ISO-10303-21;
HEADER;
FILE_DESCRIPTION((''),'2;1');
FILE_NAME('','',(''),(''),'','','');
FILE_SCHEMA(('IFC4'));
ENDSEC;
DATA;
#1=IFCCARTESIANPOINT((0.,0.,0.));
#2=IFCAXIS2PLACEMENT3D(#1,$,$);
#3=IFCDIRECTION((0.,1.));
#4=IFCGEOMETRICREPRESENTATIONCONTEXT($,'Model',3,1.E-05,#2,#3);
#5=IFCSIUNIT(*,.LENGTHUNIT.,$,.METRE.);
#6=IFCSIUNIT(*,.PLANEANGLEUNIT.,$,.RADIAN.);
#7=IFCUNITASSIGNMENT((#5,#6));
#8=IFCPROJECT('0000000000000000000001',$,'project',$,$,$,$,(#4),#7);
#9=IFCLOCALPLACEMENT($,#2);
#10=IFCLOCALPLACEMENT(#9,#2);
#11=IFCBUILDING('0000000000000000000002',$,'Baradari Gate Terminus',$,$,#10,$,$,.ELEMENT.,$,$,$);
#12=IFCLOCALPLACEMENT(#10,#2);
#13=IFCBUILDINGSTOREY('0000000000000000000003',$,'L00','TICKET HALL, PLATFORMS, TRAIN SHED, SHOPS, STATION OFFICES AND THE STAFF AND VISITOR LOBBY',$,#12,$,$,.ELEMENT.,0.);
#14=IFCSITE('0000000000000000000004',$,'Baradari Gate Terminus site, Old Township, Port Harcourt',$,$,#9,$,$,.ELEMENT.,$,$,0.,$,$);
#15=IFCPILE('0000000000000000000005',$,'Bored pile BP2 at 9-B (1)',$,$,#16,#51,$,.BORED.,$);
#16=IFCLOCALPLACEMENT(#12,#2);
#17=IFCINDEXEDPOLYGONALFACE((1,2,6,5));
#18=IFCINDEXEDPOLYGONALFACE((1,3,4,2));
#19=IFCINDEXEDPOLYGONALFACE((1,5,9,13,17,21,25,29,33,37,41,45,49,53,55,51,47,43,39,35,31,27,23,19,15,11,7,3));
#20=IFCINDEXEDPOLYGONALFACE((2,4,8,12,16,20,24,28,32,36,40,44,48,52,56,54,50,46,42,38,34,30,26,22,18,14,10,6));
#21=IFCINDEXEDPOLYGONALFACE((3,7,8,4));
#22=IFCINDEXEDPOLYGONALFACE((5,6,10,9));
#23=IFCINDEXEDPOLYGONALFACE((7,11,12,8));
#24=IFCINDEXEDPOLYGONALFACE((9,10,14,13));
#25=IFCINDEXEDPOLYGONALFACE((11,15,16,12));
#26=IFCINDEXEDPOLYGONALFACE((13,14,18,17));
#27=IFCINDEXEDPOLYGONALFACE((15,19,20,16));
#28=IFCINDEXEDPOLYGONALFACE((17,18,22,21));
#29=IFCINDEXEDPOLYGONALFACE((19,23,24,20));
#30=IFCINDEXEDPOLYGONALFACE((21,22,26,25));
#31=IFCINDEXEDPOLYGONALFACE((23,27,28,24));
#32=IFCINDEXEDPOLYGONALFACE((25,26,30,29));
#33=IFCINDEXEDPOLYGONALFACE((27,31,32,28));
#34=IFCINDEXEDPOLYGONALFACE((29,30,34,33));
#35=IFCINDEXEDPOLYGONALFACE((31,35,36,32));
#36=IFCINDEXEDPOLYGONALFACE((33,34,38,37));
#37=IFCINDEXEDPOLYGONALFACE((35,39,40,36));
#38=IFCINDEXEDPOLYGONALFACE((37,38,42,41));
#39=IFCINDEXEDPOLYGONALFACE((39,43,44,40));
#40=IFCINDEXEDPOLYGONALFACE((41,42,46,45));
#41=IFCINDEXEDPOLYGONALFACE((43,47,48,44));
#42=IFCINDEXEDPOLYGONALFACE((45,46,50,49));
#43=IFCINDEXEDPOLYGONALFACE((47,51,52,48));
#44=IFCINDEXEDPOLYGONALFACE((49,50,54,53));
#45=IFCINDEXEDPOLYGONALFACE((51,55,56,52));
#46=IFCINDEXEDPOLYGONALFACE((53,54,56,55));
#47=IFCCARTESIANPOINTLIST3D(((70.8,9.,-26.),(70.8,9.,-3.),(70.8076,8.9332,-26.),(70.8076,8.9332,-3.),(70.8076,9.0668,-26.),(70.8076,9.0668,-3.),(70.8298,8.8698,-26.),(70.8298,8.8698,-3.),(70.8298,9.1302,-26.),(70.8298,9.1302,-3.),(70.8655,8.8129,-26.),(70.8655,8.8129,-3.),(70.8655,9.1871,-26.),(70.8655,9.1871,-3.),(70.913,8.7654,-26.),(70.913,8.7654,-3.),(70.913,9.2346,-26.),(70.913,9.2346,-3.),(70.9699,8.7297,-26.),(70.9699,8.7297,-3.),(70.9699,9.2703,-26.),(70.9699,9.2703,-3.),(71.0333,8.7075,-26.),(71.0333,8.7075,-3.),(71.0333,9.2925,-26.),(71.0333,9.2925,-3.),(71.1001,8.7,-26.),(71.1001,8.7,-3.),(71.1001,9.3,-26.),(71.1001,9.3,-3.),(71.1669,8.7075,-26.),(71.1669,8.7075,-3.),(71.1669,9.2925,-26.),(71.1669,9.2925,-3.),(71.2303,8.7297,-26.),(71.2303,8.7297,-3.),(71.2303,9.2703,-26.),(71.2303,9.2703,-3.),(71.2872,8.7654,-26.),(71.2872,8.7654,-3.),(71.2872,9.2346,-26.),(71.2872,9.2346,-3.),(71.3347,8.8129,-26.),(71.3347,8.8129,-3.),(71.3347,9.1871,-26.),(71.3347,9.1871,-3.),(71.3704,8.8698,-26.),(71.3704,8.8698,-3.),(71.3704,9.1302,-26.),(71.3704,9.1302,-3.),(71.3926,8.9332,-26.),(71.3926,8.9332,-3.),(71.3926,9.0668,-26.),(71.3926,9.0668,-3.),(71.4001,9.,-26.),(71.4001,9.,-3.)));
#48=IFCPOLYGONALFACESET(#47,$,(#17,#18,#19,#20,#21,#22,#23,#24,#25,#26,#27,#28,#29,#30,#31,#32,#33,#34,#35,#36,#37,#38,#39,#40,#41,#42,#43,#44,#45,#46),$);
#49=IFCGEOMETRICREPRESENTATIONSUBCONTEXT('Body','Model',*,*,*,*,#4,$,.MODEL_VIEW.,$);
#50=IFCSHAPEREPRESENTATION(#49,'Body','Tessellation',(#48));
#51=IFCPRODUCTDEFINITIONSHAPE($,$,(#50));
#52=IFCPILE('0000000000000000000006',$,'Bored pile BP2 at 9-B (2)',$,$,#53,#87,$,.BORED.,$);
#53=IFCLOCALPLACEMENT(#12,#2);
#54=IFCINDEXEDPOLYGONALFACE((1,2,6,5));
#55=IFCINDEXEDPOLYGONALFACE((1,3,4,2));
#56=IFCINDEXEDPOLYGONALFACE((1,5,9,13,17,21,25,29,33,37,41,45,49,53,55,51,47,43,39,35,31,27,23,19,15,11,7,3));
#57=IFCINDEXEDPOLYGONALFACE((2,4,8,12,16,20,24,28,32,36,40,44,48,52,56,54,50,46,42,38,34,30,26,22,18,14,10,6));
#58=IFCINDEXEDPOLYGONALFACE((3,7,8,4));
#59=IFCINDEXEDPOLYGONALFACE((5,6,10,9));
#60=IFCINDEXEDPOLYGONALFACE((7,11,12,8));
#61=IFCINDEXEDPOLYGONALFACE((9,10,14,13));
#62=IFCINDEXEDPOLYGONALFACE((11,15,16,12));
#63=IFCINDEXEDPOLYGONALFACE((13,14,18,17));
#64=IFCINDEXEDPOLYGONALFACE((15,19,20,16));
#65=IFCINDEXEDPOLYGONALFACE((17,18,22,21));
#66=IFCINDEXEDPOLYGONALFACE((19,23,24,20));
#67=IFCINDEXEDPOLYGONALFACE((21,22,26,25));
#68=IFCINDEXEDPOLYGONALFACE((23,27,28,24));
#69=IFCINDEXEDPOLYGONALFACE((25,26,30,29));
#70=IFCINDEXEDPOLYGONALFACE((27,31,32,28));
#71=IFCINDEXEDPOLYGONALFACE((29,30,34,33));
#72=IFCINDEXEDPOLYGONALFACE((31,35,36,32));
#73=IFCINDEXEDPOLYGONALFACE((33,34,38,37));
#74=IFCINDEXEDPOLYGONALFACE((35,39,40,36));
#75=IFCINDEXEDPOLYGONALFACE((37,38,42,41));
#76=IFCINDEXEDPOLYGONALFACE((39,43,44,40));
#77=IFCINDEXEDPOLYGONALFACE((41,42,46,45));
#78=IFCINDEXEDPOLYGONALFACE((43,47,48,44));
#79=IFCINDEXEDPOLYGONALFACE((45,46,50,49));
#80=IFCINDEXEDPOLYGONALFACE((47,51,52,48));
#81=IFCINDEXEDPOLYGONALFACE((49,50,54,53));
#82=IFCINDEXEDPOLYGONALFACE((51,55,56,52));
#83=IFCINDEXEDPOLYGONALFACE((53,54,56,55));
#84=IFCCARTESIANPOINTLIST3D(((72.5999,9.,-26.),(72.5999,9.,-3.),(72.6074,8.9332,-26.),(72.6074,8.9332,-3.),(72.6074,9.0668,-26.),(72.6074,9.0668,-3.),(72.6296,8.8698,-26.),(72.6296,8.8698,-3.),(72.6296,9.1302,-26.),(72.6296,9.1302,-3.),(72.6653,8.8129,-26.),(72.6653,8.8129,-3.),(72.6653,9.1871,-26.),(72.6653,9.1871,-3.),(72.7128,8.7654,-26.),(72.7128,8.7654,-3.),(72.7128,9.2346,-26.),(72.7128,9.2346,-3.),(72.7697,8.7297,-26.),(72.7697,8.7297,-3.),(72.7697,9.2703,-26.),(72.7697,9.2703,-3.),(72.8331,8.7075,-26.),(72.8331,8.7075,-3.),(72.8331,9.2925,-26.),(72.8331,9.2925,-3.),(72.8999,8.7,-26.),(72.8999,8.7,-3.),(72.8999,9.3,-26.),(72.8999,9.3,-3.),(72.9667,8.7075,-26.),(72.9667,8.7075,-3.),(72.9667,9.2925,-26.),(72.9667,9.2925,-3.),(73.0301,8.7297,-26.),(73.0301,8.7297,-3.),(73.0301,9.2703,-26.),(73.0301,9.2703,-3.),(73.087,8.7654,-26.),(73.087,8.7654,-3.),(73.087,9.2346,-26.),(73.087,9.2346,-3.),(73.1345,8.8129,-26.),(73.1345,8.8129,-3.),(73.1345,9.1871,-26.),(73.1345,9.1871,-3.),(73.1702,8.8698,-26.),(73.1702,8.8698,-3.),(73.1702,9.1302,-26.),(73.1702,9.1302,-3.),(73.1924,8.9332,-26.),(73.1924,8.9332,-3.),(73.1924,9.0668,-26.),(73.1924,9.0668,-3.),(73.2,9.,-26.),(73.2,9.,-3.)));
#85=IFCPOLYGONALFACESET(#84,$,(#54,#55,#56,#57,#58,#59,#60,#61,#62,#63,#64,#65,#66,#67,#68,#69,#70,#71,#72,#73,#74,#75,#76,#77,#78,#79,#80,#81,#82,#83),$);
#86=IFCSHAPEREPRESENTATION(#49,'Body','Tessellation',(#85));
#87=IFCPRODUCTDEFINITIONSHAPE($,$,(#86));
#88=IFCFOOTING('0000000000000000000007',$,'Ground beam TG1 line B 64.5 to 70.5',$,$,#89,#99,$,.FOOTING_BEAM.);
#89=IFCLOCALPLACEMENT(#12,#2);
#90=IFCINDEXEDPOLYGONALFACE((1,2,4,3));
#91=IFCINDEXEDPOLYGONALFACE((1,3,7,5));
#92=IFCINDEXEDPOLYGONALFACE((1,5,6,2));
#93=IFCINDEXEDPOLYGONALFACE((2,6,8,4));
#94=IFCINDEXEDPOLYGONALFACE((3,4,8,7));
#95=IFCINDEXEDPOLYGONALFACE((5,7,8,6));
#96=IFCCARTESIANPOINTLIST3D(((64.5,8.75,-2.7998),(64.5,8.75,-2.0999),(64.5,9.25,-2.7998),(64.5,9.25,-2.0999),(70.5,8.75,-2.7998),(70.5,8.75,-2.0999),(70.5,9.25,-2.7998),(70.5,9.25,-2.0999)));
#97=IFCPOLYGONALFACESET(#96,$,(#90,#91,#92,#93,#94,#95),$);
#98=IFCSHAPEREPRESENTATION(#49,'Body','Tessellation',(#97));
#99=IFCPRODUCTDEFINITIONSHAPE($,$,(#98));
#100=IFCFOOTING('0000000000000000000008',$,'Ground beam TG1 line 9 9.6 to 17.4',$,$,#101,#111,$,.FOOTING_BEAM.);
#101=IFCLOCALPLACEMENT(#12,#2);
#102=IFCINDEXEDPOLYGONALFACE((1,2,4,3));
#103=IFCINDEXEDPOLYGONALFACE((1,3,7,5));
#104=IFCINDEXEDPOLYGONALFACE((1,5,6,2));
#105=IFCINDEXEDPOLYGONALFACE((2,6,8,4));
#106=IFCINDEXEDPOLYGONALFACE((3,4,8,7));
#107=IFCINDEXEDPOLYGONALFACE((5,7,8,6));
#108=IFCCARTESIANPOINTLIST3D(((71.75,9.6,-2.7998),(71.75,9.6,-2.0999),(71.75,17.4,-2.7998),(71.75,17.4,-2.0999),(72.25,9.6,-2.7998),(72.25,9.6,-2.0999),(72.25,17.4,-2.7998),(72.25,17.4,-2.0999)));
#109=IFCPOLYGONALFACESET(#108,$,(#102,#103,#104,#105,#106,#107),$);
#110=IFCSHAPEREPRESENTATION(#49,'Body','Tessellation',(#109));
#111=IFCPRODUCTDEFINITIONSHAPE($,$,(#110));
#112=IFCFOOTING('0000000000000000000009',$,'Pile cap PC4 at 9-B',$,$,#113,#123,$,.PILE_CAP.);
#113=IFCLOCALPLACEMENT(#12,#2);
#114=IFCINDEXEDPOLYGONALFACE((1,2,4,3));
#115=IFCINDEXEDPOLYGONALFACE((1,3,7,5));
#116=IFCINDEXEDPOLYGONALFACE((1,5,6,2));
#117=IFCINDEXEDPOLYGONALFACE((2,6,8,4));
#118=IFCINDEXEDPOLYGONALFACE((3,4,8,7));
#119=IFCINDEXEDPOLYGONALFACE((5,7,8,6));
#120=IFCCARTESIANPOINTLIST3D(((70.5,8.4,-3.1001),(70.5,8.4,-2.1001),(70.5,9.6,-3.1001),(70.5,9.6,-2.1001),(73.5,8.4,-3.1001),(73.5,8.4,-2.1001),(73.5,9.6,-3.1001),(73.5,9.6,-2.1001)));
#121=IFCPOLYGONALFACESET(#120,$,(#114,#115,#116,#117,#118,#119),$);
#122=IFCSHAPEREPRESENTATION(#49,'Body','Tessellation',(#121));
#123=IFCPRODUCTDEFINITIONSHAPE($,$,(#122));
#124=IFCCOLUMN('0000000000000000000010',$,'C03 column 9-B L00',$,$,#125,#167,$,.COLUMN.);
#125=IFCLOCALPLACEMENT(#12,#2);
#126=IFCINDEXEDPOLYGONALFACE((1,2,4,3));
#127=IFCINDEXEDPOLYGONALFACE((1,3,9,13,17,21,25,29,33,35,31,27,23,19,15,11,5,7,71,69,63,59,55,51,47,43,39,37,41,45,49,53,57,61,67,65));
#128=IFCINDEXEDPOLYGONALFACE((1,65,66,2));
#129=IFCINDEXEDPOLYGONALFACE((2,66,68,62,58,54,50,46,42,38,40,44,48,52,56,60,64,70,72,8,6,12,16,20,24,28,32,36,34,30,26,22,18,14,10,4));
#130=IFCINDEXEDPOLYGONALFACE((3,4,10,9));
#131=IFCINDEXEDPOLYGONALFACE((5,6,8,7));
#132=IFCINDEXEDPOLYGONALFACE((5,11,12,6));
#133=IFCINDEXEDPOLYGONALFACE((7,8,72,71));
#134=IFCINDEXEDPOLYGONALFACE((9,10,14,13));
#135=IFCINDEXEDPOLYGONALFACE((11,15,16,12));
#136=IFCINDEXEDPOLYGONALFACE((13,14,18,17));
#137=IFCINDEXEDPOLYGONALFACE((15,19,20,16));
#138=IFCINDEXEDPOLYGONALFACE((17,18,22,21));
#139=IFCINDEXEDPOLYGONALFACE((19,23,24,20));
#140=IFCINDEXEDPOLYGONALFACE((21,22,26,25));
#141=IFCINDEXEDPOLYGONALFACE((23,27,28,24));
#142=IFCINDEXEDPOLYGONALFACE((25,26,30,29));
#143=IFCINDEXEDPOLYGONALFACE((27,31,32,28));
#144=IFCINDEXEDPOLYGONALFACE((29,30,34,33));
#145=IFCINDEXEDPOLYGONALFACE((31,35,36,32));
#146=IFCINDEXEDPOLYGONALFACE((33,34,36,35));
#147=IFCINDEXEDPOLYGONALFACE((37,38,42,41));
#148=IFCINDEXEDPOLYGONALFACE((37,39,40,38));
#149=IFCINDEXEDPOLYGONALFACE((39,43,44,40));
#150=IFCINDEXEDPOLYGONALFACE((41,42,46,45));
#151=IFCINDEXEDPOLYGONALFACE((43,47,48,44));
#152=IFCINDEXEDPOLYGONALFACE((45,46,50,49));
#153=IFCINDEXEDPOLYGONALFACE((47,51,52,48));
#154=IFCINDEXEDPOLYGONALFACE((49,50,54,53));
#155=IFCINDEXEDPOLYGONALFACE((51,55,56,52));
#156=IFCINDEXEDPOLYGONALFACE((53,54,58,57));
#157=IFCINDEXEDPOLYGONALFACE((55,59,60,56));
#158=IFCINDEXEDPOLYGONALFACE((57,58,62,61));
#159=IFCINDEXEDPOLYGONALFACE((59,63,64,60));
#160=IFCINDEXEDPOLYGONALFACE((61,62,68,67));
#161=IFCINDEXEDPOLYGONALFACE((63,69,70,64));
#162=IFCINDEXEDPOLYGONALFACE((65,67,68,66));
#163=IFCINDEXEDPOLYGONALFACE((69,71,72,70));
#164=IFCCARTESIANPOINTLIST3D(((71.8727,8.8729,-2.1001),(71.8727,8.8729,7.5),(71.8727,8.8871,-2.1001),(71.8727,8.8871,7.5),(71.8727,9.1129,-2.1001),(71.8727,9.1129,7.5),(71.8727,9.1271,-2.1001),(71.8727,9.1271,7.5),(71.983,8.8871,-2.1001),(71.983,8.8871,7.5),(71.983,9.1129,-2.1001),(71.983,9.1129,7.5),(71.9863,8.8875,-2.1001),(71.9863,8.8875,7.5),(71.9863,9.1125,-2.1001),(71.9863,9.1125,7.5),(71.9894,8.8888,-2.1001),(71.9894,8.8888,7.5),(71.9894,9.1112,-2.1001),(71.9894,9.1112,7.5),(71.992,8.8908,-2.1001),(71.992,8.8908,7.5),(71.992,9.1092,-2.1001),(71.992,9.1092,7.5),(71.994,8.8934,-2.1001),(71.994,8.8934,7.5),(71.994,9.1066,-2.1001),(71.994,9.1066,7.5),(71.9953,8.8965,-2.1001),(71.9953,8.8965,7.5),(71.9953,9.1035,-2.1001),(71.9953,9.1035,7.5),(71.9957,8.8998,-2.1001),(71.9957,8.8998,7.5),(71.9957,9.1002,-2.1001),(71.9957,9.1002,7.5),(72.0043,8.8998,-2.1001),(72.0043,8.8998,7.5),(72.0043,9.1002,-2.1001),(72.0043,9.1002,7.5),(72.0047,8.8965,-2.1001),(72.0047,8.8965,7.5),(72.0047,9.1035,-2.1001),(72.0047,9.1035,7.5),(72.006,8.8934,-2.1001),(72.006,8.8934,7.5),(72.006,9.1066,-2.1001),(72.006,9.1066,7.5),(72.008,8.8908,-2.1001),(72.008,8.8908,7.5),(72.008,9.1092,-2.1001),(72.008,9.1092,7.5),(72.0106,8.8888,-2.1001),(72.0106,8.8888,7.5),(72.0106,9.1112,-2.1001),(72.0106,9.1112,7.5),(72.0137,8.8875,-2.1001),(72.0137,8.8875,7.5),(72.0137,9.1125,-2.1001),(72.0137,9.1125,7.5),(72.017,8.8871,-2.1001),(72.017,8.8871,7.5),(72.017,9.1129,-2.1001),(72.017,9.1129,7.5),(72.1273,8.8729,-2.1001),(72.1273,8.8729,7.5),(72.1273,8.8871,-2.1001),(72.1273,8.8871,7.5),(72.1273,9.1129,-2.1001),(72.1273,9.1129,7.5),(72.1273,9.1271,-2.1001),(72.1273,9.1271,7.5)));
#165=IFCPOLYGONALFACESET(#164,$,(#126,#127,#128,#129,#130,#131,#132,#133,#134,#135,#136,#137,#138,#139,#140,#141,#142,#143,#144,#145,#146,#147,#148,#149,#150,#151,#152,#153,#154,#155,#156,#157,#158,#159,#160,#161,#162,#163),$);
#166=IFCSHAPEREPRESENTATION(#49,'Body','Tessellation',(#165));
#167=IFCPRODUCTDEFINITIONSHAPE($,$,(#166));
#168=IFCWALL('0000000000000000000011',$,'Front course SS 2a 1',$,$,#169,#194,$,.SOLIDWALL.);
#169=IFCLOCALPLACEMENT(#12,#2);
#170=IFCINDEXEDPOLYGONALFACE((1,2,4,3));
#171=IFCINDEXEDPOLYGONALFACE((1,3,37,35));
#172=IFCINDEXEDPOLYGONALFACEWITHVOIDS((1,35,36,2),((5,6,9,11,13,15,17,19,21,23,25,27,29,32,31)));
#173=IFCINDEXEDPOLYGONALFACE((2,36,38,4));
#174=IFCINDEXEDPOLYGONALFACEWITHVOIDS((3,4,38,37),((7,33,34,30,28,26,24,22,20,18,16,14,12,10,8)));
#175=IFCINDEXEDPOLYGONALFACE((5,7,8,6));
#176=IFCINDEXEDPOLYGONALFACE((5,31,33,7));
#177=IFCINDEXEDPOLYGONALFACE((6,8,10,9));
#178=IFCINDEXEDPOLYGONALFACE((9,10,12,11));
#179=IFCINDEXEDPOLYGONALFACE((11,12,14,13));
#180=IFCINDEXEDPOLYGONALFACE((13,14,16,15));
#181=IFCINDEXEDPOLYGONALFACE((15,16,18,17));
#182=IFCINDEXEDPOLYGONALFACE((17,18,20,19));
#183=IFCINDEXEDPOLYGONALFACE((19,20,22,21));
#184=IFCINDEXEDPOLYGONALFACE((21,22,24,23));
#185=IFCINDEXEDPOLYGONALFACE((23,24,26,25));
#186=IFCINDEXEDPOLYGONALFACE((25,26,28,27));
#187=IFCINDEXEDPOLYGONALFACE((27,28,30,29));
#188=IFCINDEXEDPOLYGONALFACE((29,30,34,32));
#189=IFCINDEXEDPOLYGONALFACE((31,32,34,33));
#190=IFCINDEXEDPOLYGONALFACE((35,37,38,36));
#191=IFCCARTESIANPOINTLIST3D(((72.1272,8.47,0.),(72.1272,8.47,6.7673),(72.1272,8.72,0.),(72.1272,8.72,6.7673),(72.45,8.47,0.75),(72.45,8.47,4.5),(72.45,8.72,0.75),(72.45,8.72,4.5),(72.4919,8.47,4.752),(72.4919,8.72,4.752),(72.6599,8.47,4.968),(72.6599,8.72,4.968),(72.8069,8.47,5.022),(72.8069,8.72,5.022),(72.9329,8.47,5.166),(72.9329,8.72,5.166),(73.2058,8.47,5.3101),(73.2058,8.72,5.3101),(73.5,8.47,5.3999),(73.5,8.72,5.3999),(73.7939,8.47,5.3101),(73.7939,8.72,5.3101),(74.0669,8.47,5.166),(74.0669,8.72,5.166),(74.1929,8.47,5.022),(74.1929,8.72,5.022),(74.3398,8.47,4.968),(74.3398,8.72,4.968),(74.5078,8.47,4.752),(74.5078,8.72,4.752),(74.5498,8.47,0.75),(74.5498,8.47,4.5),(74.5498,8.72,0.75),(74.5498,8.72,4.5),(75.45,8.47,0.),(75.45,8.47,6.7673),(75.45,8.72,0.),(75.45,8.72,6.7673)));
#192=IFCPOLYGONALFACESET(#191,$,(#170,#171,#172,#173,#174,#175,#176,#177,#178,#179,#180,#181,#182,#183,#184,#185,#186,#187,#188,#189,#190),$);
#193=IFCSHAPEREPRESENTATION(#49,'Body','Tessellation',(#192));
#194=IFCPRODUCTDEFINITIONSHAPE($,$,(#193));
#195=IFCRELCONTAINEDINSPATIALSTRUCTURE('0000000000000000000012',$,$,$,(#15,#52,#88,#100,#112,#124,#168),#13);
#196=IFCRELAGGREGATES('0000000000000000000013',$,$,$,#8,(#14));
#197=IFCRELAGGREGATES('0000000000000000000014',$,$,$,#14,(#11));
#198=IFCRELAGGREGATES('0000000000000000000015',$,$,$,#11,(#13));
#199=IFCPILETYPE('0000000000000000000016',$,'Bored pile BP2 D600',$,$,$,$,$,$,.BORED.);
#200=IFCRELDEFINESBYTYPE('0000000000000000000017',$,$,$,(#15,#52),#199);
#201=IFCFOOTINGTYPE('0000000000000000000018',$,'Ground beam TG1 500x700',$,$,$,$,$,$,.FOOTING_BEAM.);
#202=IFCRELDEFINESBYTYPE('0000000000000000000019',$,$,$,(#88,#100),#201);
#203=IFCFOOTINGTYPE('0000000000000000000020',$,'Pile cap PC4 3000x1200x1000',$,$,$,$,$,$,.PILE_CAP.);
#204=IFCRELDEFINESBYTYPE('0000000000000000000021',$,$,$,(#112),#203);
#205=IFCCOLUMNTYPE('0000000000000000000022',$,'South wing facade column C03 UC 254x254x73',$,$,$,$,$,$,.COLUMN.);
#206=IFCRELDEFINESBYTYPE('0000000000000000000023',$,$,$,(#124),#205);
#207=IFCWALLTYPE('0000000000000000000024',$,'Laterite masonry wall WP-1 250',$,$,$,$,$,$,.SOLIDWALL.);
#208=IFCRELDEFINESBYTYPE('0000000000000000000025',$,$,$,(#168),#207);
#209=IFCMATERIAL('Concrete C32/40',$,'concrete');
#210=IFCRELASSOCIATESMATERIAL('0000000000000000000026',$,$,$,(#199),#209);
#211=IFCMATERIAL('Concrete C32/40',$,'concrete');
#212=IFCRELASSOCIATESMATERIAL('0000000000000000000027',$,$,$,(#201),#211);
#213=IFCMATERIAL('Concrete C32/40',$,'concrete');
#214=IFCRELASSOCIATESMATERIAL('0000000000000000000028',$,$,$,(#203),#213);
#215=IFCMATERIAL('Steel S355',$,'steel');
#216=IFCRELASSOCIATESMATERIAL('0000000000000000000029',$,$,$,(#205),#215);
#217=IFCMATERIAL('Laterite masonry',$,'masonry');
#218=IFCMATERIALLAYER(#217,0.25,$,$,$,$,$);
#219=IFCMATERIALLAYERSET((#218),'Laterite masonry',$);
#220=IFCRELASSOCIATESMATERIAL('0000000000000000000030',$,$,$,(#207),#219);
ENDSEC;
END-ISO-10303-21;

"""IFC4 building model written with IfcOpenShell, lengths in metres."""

from ifc_helpers import new_model, si_unit, direction, frame, origin, origin_2d, place, context, subcontext, project, spatial, polyline, rectangle, circle, i_section, outline, extrude, material, layer, layer_set, material_profile, profile_set, type_object, element, save


model = new_model("IFC4")

# Units and contexts
model_context = context("Model", 3, precision=1e-05, world=origin(), true_north=direction((0.0, 1.0)))
body_context = subcontext(model_context, "Body", "Model", "MODEL_VIEW")
ifc_project = project(units=[si_unit("LENGTHUNIT", "METRE"), si_unit("PLANEANGLEUNIT", "RADIAN")], contexts=[model_context])

# Site, building, storey
site_placement = place(None, origin())
site = spatial("IfcSite", under=ifc_project, at=site_placement, Name="Baradari Gate Terminus site, Old Township, Port Harcourt", CompositionType="ELEMENT", RefElevation=0.0)
building_placement = place(site_placement, origin())
building = spatial("IfcBuilding", under=site, at=building_placement, Name="Baradari Gate Terminus", CompositionType="ELEMENT")
storey_placement = place(building_placement, origin())
storey = spatial("IfcBuildingStorey", under=building, at=storey_placement, Name="L00", Description="TICKET HALL, PLATFORMS, TRAIN SHED, SHOPS, STATION OFFICES AND THE STAFF AND VISITOR LOBBY", CompositionType="ELEMENT", Elevation=0.0)

# Piles
ifc_material_1 = material(Name="Concrete C32/40", Category="concrete")
pile_type = type_object("IfcPileType", Name="Bored pile BP2 D600", PredefinedType="BORED", material=ifc_material_1)
for number, where, z_axis, x_axis, name in (
    (1, (71.1001, 9.0, -3.0), (0.0, 0.0, -1.0), (1.0, 0.0, 0.0), "Bored pile BP2 at 9-B (1)"),
    (2, (72.8999, 9.0, -3.0), (0.0, 0.0, -1.0), (1.0, 0.0, 0.0), "Bored pile BP2 at 9-B (2)"),
):
    element("IfcPile", number, at=place(storey_placement, frame(where, z_axis=z_axis, x_axis=x_axis)), inside=storey, type_object=pile_type, Name=name, PredefinedType="BORED", context=body_context, shape_type="SweptSolid", body=[
        extrude(circle(Radius=0.3, at=origin_2d()), origin(), (0.0, 0.0, 1.0), 23.0),
    ])

# Footings
ifc_material_2 = material(Name="Concrete C32/40", Category="concrete")
footing_type_1 = type_object("IfcFootingType", Name="Ground beam TG1 500x700", PredefinedType="FOOTING_BEAM", material=ifc_material_2)
footing_1_placement = place(storey_placement, frame((67.5, 9.0, -2.7998), z_axis=(0.0, 0.0, 1.0), x_axis=(1.0, 0.0, 0.0)))
element("IfcFooting", 3, at=footing_1_placement, inside=storey, type_object=footing_type_1, Name="Ground beam TG1 line B 64.5 to 70.5", PredefinedType="FOOTING_BEAM", context=body_context, shape_type="SweptSolid", body=[
    extrude(rectangle(XDim=6.0, YDim=0.5, at=origin_2d()), origin(), (0.0, 0.0, 1.0), 0.7),
])
footing_2_placement = place(storey_placement, frame((72.0, 13.5, -2.7998), z_axis=(0.0, 0.0, 1.0), x_axis=(1.0, 0.0, 0.0)))
element("IfcFooting", 4, at=footing_2_placement, inside=storey, type_object=footing_type_1, Name="Ground beam TG1 line 9 9.6 to 17.4", PredefinedType="FOOTING_BEAM", context=body_context, shape_type="SweptSolid", body=[
    extrude(rectangle(XDim=0.5, YDim=7.8, at=origin_2d()), origin(), (0.0, 0.0, 1.0), 0.7),
])
ifc_material_3 = material(Name="Concrete C32/40", Category="concrete")
footing_type_2 = type_object("IfcFootingType", Name="Pile cap PC4 3000x1200x1000", PredefinedType="PILE_CAP", material=ifc_material_3)
footing_3_placement = place(storey_placement, frame((72.0, 9.0, -3.1001), z_axis=(0.0, 0.0, 1.0), x_axis=(1.0, 0.0, 0.0)))
element("IfcFooting", 5, at=footing_3_placement, inside=storey, type_object=footing_type_2, Name="Pile cap PC4 at 9-B", PredefinedType="PILE_CAP", context=body_context, shape_type="SweptSolid", body=[
    extrude(rectangle(XDim=3.0, YDim=1.2, at=origin_2d()), origin(), (0.0, 0.0, 1.0), 1.0),
])

# Column
ifc_material_4 = material(Name="Steel S355", Category="steel")
ifc_material_profile = material_profile(ifc_material_4, i_section(OverallWidth=0.2546, OverallDepth=0.2542, WebThickness=0.0085, FlangeThickness=0.0142, FilletRadius=0.0127, at=origin_2d()), Name="UC 254x254x73")
ifc_profile_set = profile_set([ifc_material_profile], Name="Steel S355")
column_type = type_object("IfcColumnType", Name="South wing facade column C03 UC 254x254x73", PredefinedType="COLUMN", material=ifc_profile_set)
column_placement = place(storey_placement, frame((72.0, 9.0, -2.1001), z_axis=(0.0, 0.0, 1.0), x_axis=(1.0, 0.0, 0.0)))
element("IfcColumn", 6, at=column_placement, inside=storey, type_object=column_type, Name="C03 column 9-B L00", PredefinedType="COLUMN", context=body_context, shape_type="SweptSolid", body=[
    extrude(i_section(OverallWidth=0.2546, OverallDepth=0.2542, WebThickness=0.0085, FlangeThickness=0.0142, FilletRadius=0.0127, at=origin_2d()), origin(), (0.0, 0.0, 1.0), 9.6001),
])

# Wall
ifc_material_5 = material(Name="Laterite masonry", Category="masonry")
ifc_layer_1 = layer(ifc_material_5, 0.25)
ifc_layer_set_1 = layer_set([ifc_layer_1], Name="Laterite masonry")
wall_type_1 = type_object("IfcWallType", Name="Laterite masonry wall WP-1 250", PredefinedType="SOLIDWALL", material=ifc_layer_set_1)
wall_1_placement = place(storey_placement, frame((72.1272, 8.595, 0.0), z_axis=(0.0, 0.0, 1.0), x_axis=(1.0, 0.0, 0.0)))
element("IfcWall", 7, at=wall_1_placement, inside=storey, type_object=wall_type_1, Name="Front course SS 2a 1", PredefinedType="SOLIDWALL", context=body_context, shape_type="SweptSolid", body=[
    extrude(outline(polyline([(0.0, 0.0), (3.3228, 0.0), (3.3228, 6.7673), (0.0, 6.7673), (0.0, 0.0)]), holes=[polyline([(0.3228, 0.75), (0.3228, 4.5), (0.3647, 4.752), (0.5327, 4.968), (0.6797, 5.022), (0.8057, 5.166), (1.0786, 5.3101), (1.3728, 5.3999), (1.6667, 5.3101), (1.9397, 5.166), (2.0657, 5.022), (2.2126, 4.968), (2.3806, 4.752), (2.4226, 4.5), (2.4226, 0.75), (0.3228, 0.75)])]), frame((0.0, 0.125, 0.0), z_axis=(0.0, -1.0, 0.0), x_axis=(1.0, 0.0, 0.0)), (0.0, 0.0, 1.0), 0.25),
])

save(model, "model.ifc")
